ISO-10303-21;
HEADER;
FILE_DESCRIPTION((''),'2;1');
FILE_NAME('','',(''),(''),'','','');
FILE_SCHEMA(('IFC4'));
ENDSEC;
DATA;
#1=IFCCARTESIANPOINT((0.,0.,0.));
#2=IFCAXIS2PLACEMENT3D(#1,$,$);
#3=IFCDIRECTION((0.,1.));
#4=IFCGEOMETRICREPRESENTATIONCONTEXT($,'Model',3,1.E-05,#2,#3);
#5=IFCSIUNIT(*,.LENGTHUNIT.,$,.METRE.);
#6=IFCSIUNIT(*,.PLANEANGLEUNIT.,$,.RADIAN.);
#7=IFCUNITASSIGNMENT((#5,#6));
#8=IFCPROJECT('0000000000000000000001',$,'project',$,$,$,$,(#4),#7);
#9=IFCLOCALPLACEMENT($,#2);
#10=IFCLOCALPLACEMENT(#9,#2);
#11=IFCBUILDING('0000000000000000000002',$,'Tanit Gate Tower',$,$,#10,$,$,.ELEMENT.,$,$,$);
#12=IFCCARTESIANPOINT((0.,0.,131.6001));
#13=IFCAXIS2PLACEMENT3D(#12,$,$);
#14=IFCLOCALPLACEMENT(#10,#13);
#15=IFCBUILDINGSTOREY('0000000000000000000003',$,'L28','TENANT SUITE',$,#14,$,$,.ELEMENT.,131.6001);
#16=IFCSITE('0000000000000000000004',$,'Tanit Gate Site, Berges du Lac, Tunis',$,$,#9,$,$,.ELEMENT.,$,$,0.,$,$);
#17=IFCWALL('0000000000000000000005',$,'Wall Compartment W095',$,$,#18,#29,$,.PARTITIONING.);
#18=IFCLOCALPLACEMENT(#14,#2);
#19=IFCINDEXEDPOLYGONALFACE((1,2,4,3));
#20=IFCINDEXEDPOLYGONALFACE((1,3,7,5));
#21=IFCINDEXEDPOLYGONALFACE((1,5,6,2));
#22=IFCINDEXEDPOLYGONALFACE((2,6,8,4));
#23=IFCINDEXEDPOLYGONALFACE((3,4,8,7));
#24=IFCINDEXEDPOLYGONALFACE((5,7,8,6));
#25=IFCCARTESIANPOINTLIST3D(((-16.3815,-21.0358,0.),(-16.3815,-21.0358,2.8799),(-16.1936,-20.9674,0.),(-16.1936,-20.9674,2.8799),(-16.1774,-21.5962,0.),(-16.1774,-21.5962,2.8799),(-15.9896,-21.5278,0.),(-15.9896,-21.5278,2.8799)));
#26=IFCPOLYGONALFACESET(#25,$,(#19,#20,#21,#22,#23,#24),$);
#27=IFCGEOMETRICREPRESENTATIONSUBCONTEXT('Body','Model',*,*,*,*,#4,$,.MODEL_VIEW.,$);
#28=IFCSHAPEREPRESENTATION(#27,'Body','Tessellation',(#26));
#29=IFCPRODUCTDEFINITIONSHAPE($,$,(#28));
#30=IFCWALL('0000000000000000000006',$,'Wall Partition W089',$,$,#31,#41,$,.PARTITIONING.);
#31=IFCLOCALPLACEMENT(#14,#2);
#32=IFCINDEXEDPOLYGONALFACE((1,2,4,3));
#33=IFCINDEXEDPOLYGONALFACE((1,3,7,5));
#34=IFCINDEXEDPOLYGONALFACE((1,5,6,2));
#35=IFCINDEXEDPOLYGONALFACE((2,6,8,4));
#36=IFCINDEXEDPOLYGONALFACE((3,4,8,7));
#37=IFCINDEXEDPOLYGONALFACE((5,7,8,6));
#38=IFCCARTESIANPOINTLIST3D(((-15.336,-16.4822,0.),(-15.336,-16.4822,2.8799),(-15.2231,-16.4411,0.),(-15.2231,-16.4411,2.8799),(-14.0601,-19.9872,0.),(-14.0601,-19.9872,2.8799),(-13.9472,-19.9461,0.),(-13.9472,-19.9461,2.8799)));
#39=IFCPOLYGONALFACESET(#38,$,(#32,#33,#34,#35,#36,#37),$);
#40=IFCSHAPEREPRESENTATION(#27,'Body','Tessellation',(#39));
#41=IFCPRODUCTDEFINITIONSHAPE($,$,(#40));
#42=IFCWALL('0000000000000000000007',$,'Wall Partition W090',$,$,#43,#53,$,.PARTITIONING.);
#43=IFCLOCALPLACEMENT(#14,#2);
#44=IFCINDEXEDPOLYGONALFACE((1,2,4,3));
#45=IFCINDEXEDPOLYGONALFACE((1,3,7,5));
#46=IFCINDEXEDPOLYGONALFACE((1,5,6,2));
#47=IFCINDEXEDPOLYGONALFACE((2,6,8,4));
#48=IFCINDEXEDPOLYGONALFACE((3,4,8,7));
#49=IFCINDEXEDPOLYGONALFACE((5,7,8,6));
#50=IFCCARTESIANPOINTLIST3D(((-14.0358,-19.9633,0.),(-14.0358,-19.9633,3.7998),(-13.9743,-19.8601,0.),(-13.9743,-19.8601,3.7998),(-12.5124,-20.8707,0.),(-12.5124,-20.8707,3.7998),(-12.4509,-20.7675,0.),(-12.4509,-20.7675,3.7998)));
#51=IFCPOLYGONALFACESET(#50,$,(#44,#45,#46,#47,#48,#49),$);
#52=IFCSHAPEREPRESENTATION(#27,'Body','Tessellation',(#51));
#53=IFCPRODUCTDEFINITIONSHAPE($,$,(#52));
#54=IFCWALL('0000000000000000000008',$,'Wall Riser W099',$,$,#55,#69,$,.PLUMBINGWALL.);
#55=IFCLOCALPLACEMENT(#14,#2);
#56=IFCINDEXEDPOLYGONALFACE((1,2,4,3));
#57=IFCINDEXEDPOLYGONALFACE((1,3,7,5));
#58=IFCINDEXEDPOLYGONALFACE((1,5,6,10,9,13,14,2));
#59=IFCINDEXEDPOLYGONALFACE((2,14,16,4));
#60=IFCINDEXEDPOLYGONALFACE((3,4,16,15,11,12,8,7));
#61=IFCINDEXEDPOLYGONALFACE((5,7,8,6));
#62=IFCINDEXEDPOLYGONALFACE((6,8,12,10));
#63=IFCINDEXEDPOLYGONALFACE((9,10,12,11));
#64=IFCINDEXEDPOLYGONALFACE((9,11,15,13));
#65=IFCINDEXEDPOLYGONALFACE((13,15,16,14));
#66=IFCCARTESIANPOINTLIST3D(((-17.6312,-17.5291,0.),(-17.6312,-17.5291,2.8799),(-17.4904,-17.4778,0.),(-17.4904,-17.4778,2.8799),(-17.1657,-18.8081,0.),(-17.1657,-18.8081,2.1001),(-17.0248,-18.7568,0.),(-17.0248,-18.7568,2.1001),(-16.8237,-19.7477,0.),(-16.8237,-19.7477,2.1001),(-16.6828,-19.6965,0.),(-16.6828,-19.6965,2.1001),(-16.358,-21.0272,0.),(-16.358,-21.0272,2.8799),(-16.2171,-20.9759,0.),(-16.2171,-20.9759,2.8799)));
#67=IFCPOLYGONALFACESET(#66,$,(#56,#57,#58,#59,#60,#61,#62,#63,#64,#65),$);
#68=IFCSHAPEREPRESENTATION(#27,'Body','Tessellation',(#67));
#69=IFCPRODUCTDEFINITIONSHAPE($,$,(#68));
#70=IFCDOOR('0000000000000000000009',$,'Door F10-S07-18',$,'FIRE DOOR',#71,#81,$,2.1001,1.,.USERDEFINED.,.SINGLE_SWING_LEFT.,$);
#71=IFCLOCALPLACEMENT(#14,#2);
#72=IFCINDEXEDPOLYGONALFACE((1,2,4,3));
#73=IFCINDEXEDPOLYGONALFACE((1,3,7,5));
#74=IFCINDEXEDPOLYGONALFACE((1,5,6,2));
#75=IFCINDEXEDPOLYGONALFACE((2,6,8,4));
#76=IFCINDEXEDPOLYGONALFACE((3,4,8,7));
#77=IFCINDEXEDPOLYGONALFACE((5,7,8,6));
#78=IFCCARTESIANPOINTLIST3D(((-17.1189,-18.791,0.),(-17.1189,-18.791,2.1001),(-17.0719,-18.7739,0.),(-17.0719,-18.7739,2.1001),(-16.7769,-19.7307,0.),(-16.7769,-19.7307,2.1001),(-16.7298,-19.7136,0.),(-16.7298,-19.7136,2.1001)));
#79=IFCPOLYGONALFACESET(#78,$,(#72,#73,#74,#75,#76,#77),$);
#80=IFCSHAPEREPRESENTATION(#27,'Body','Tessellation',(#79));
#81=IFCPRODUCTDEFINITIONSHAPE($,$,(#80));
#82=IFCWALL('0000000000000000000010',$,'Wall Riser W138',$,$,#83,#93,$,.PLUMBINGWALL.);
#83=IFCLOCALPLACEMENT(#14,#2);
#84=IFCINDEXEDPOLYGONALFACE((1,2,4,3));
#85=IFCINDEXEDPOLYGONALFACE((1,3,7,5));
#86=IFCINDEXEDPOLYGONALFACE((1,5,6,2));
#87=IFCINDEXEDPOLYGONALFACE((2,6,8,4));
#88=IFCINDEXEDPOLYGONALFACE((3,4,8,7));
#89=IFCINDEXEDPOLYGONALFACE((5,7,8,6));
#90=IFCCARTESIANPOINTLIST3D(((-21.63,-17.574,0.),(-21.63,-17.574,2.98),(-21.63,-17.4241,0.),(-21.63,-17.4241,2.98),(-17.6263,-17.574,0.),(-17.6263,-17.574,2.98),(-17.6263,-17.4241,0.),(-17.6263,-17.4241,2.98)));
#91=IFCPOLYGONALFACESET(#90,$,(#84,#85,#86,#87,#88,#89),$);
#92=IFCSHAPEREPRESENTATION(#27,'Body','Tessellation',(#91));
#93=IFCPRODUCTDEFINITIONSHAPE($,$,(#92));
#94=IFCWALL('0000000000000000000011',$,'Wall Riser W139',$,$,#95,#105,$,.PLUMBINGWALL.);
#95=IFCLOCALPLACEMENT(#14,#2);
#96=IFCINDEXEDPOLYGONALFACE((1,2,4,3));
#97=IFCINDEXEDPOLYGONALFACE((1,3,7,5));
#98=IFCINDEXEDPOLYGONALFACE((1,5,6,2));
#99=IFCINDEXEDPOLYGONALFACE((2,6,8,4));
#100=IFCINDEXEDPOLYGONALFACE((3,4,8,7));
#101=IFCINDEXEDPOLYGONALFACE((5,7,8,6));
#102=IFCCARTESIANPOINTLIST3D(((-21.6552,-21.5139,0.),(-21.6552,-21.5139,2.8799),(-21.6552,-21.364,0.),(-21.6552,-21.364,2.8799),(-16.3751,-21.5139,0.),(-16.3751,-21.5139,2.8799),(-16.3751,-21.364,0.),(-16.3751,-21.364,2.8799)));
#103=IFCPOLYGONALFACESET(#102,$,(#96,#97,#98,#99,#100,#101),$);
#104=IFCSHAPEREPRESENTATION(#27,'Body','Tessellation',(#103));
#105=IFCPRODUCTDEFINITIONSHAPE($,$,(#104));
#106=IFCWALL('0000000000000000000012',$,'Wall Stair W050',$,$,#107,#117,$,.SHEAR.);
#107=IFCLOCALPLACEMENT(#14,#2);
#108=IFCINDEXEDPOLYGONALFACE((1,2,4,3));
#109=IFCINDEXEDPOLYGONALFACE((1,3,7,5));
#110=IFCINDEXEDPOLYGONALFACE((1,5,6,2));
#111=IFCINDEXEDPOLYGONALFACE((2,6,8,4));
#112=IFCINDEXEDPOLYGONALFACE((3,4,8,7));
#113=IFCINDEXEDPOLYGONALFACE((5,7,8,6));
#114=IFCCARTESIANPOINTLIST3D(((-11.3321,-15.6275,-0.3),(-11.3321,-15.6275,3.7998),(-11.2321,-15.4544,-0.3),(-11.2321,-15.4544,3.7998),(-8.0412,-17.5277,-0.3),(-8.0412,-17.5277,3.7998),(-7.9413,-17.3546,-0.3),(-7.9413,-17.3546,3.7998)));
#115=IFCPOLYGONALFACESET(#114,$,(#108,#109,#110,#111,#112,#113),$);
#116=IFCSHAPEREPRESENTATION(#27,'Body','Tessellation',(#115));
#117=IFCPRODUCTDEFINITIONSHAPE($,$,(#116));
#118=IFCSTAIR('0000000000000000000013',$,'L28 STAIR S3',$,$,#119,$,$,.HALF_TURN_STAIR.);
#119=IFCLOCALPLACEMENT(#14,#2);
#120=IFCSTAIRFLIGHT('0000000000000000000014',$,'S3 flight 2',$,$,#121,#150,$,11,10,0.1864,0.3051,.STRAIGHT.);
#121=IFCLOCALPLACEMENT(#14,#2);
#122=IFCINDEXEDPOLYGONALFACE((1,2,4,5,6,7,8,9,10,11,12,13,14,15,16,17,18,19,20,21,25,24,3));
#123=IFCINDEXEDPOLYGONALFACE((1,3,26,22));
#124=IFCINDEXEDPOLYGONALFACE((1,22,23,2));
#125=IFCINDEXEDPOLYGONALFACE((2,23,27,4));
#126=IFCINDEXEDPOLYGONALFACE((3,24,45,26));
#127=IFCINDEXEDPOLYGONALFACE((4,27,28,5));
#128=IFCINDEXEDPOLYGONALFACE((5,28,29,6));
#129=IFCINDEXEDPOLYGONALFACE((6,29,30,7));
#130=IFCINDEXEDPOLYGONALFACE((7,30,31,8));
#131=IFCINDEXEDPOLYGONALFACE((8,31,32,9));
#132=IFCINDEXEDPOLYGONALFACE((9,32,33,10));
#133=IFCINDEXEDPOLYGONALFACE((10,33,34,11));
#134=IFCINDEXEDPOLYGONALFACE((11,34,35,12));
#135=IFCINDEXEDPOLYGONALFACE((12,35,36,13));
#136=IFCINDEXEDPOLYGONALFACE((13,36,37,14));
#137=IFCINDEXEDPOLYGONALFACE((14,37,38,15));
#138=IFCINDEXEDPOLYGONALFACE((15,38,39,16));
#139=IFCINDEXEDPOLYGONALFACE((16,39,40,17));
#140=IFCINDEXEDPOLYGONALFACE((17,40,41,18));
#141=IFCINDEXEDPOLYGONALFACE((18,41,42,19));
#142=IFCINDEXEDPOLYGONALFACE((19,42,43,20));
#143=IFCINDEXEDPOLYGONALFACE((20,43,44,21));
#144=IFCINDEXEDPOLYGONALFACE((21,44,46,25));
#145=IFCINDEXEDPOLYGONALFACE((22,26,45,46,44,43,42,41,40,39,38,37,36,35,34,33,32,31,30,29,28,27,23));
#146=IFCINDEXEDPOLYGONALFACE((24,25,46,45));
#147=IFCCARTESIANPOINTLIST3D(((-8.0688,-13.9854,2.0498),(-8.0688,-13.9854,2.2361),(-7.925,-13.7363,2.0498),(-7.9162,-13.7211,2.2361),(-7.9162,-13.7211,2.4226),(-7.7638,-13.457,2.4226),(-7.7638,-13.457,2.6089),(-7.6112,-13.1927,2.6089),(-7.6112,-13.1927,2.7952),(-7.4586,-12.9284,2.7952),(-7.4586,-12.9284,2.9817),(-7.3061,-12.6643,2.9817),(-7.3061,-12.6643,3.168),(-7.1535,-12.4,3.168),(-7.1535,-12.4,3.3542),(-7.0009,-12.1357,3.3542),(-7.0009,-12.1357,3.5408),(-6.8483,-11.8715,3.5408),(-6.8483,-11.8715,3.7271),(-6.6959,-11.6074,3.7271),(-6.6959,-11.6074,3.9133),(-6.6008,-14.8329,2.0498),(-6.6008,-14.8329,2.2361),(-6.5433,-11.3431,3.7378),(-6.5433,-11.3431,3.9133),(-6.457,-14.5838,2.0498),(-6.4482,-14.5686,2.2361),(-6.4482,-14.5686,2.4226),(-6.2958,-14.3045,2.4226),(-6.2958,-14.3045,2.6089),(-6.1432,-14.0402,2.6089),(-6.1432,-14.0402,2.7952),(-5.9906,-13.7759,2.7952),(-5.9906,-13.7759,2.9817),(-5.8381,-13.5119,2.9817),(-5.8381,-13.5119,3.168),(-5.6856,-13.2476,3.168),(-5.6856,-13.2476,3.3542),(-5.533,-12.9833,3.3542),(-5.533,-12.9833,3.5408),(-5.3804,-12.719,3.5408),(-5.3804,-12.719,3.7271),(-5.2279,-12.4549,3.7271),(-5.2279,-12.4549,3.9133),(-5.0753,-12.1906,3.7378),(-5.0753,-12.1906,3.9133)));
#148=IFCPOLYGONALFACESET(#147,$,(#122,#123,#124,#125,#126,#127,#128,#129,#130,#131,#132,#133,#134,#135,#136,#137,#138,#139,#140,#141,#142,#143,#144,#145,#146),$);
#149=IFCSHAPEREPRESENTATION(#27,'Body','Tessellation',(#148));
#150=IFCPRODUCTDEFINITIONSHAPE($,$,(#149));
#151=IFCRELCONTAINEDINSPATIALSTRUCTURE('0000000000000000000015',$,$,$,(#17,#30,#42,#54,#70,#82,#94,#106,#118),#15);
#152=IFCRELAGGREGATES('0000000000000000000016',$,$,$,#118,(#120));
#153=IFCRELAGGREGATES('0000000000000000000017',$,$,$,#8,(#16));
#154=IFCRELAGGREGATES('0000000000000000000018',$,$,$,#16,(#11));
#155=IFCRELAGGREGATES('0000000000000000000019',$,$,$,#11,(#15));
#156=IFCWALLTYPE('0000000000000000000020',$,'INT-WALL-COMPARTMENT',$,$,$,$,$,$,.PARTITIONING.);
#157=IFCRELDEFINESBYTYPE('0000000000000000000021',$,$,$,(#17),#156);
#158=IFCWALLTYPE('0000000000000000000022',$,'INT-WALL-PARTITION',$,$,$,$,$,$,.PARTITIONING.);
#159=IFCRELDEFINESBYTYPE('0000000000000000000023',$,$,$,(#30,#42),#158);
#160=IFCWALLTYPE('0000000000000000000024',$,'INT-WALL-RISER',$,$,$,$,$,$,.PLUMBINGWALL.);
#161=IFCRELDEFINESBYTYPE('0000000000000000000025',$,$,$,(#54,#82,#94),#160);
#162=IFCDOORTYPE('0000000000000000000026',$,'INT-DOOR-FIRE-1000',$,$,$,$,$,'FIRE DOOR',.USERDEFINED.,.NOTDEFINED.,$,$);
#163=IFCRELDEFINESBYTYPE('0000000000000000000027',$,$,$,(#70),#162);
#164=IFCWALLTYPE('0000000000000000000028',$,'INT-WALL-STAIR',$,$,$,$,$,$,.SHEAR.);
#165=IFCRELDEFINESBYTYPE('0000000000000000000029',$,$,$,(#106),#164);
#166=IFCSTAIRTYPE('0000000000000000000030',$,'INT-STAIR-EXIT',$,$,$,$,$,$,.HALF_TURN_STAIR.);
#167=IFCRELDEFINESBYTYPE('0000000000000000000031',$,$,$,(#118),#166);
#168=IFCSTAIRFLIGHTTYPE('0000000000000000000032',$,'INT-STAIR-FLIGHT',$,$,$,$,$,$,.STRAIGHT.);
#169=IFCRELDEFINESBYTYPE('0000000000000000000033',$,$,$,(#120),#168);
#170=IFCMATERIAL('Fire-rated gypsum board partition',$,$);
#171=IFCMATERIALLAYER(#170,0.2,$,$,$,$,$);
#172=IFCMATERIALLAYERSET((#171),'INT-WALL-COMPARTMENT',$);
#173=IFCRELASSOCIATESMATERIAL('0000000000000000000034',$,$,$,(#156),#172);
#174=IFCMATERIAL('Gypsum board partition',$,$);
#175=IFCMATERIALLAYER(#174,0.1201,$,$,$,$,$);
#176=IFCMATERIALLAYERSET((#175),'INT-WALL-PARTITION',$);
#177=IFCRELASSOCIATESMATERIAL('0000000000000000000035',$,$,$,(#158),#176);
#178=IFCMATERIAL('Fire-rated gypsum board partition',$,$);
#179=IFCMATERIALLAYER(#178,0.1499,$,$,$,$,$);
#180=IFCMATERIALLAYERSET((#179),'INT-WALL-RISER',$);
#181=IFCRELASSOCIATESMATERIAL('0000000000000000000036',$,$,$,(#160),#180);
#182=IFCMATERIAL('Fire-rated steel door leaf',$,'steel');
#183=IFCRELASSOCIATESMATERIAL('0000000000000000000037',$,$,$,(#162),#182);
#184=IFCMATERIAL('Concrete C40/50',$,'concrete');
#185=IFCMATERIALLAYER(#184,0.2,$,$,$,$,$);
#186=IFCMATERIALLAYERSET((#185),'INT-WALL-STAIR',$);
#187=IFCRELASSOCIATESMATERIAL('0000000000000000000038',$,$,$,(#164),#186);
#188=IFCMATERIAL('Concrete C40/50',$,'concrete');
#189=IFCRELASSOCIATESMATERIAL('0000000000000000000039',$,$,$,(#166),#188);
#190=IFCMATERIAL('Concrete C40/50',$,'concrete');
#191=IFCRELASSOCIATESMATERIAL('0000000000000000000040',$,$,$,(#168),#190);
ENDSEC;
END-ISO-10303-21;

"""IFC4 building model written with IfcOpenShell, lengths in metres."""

from ifc_helpers import new_model, si_unit, direction, frame, frame_2d, origin, place, context, subcontext, project, spatial, polyline, rectangle, outline, extrude, material, layer, layer_set, type_object, element, fill, aggregate, save


model = new_model("IFC4")

# Units and contexts
model_context = context("Model", 3, precision=1e-05, world=origin(), true_north=direction((0.0, 1.0)))
body_context = subcontext(model_context, "Body", "Model", "MODEL_VIEW")
ifc_project = project(units=[si_unit("LENGTHUNIT", "METRE"), si_unit("PLANEANGLEUNIT", "RADIAN")], contexts=[model_context])

# Site, building, storey
site_placement = place(None, origin())
site = spatial("IfcSite", under=ifc_project, at=site_placement, Name="Tanit Gate Site, Berges du Lac, Tunis", CompositionType="ELEMENT", RefElevation=0.0)
building_placement = place(site_placement, origin())
building = spatial("IfcBuilding", under=site, at=building_placement, Name="Tanit Gate Tower", CompositionType="ELEMENT")
storey_placement = place(building_placement, frame((0.0, 0.0, 131.6001)))
storey = spatial("IfcBuildingStorey", under=building, at=storey_placement, Name="L28", Description="TENANT SUITE", CompositionType="ELEMENT", Elevation=131.6001)

# Walls
ifc_material_1 = material(Name="Fire-rated gypsum board partition")
ifc_layer_1 = layer(ifc_material_1, 0.2)
ifc_layer_set_1 = layer_set([ifc_layer_1], Name="INT-WALL-COMPARTMENT")
wall_type_1 = type_object("IfcWallType", Name="INT-WALL-COMPARTMENT", PredefinedType="PARTITIONING", material=ifc_layer_set_1)
wall_1_placement = place(storey_placement, frame((-16.2876, -21.0015, 0.0), z_axis=(0.0, 0.0, 1.0), x_axis=(0.342137, -0.93965, 0.0)))
element("IfcWall", 1, at=wall_1_placement, inside=storey, type_object=wall_type_1, Name="Wall Compartment W095", PredefinedType="PARTITIONING", context=body_context, shape_type="SweptSolid", body=[
    extrude(rectangle(XDim=0.5964, YDim=0.2, at=frame_2d((0.2983, 0.0))), origin(), (0.0, 0.0, 1.0), 2.8799),
])
ifc_material_2 = material(Name="Gypsum board partition")
ifc_layer_2 = layer(ifc_material_2, 0.1201)
ifc_layer_set_2 = layer_set([ifc_layer_2], Name="INT-WALL-PARTITION")
wall_type_2 = type_object("IfcWallType", Name="INT-WALL-PARTITION", PredefinedType="PARTITIONING", material=ifc_layer_set_2)
wall_2_placement = place(storey_placement, frame((-15.2795, -16.4617, 0.0), z_axis=(0.0, 0.0, 1.0), x_axis=(0.342069, -0.939675, 0.0)))
element("IfcWall", 2, at=wall_2_placement, inside=storey, type_object=wall_type_2, Name="Wall Partition W089", PredefinedType="PARTITIONING", context=body_context, shape_type="SweptSolid", body=[
    extrude(rectangle(XDim=3.73, YDim=0.1201, at=frame_2d((1.865, 0.0))), origin(), (0.0, 0.0, 1.0), 2.8799),
])
wall_3_placement = place(storey_placement, frame((-14.0051, -19.9116, 0.0), z_axis=(0.0, 0.0, 1.0), x_axis=(0.859129, -0.51176, 0.0)))
element("IfcWall", 3, at=wall_3_placement, inside=storey, type_object=wall_type_2, Name="Wall Partition W090", PredefinedType="PARTITIONING", context=body_context, shape_type="SweptSolid", body=[
    extrude(rectangle(XDim=1.7732, YDim=0.1201, at=frame_2d((0.8867, 0.0))), origin(), (0.0, 0.0, 1.0), 3.7998),
])

# Wall, opening, door
ifc_material_3 = material(Name="Fire-rated gypsum board partition")
ifc_layer_3 = layer(ifc_material_3, 0.1499)
ifc_layer_set_3 = layer_set([ifc_layer_3], Name="INT-WALL-RISER")
wall_type_3 = type_object("IfcWallType", Name="INT-WALL-RISER", PredefinedType="PLUMBINGWALL", material=ifc_layer_set_3)
wall_4_placement = place(storey_placement, frame((-17.5608, -17.5034, 0.0), z_axis=(0.0, 0.0, 1.0), x_axis=(0.342022, -0.939692, 0.0)))
wall_4 = element("IfcWall", 4, at=wall_4_placement, inside=storey, type_object=wall_type_3, Name="Wall Riser W099", PredefinedType="PLUMBINGWALL", context=body_context, shape_type="SweptSolid", body=[
    extrude(rectangle(XDim=3.7227, YDim=0.1499, at=frame_2d((1.8613, 0.0))), origin(), (0.0, 0.0, 1.0), 2.8799),
])
opening_1_placement = place(wall_4_placement, frame((1.3611, 0.0, 0.0)))
opening_1 = element("IfcOpeningElement", 5, at=opening_1_placement, cuts=wall_4, PredefinedType="OPENING", context=body_context, shape_type="SweptSolid", body=[
    extrude(rectangle(XDim=1.0, YDim=2.1001, at=frame_2d((0.5, 1.05))), frame((0.0, 0.085, 0.0), z_axis=(0.0, -1.0, 0.0), x_axis=(1.0, 0.0, 0.0)), (0.0, 0.0, 1.0), 0.1699),
])
ifc_material_4 = material(Name="Fire-rated steel door leaf", Category="steel")
door_type_1 = type_object("IfcDoorType", Name="INT-DOOR-FIRE-1000", ElementType="FIRE DOOR", OperationType="NOTDEFINED", PredefinedType="USERDEFINED", material=ifc_material_4)
door_1_placement = place(opening_1_placement, origin())
door_1 = element("IfcDoor", 6, at=door_1_placement, inside=storey, type_object=door_type_1, Name="Door F10-S07-18", ObjectType="FIRE DOOR", OperationType="SINGLE_SWING_LEFT", OverallHeight=2.1001, OverallWidth=1.0, PredefinedType="USERDEFINED", context=body_context, shape_type="SweptSolid", body=[
    extrude(rectangle(XDim=1.0, YDim=2.1001, at=frame_2d((0.5, 1.05))), frame((0.0, 0.0249, 0.0), z_axis=(0.0, -1.0, 0.0), x_axis=(1.0, 0.0, 0.0)), (0.0, 0.0, 1.0), 0.05),
])
fill(opening_1, door_1)

# Walls
wall_5_placement = place(storey_placement, frame((-17.6262, -17.499, 0.0), z_axis=(0.0, 0.0, 1.0), x_axis=(-1.0, 0.0, 0.0)))
element("IfcWall", 7, at=wall_5_placement, inside=storey, type_object=wall_type_3, Name="Wall Riser W138", PredefinedType="PLUMBINGWALL", context=body_context, shape_type="SweptSolid", body=[
    extrude(rectangle(XDim=4.0037, YDim=0.1499, at=frame_2d((2.002, 0.0))), origin(), (0.0, 0.0, 1.0), 2.98),
])
wall_6_placement = place(storey_placement, frame((-16.375, -21.439, 0.0), z_axis=(0.0, 0.0, 1.0), x_axis=(-1.0, 0.0, 0.0)))
element("IfcWall", 8, at=wall_6_placement, inside=storey, type_object=wall_type_3, Name="Wall Riser W139", PredefinedType="PLUMBINGWALL", context=body_context, shape_type="SweptSolid", body=[
    extrude(rectangle(XDim=5.28, YDim=0.1499, at=frame_2d((2.6401, 0.0))), origin(), (0.0, 0.0, 1.0), 2.8799),
])
ifc_material_5 = material(Name="Concrete C40/50", Category="concrete")
ifc_layer_4 = layer(ifc_material_5, 0.2)
ifc_layer_set_4 = layer_set([ifc_layer_4], Name="INT-WALL-STAIR")
wall_type_4 = type_object("IfcWallType", Name="INT-WALL-STAIR", PredefinedType="SHEAR", material=ifc_layer_set_4)
wall_7_placement = place(storey_placement, frame((-11.282, -15.541, -0.3), z_axis=(0.0, 0.0, 1.0), x_axis=(0.866, -0.500043, 0.0)))
element("IfcWall", 9, at=wall_7_placement, inside=storey, type_object=wall_type_4, Name="Wall Stair W050", PredefinedType="SHEAR", context=body_context, shape_type="SweptSolid", body=[
    extrude(rectangle(XDim=3.8, YDim=0.2, at=frame_2d((1.8999, 0.0))), origin(), (0.0, 0.0, 1.0), 4.0999),
])

# Stair, stair flight
ifc_material_6 = material(Name="Concrete C40/50", Category="concrete")
stair_type = type_object("IfcStairType", Name="INT-STAIR-EXIT", PredefinedType="HALF_TURN_STAIR", material=ifc_material_6)
stair_placement = place(storey_placement, origin())
stair = element("IfcStair", 10, at=stair_placement, inside=storey, type_object=stair_type, Name="L28 STAIR S3", PredefinedType="HALF_TURN_STAIR")
ifc_material_7 = material(Name="Concrete C40/50", Category="concrete")
stair_flight_type = type_object("IfcStairFlightType", Name="INT-STAIR-FLIGHT", PredefinedType="STRAIGHT", material=ifc_material_7)
stair_flight_placement = place(storey_placement, frame((-7.3347, -14.4092, 2.0498), z_axis=(0.0, 0.0, 1.0), x_axis=(0.5, 0.866025, 0.0)))
stair_flight = element("IfcStairFlight", 11, at=stair_flight_placement, type_object=stair_flight_type, Name="S3 flight 2", NumberOfRisers=11, NumberOfTreads=10, PredefinedType="STRAIGHT", RiserHeight=0.1864, TreadLength=0.3051, context=body_context, shape_type="SweptSolid", body=[
    extrude(outline(polyline([(0.0, 0.0), (0.0, 0.1863), (0.3052, 0.1863), (0.3052, 0.3728), (0.6101, 0.3728), (0.6101, 0.5591), (0.9153, 0.5591), (0.9153, 0.7454), (1.2205, 0.7454), (1.2205, 0.9319), (1.5254, 0.9319), (1.5254, 1.1182), (1.8306, 1.1182), (1.8306, 1.3044), (2.1357, 1.3044), (2.1357, 1.491), (2.4409, 1.491), (2.4409, 1.6772), (2.7458, 1.6772), (2.7458, 1.8635), (3.051, 1.8635), (3.051, 2.05), (3.051, 1.688), (0.2876, 0.0), (0.0, 0.0)])), frame((0.0, 0.8477, 0.0), z_axis=(0.0, -1.0, 0.0), x_axis=(1.0, 0.0, 0.0)), (0.0, 0.0, 1.0), 1.6951),
])
aggregate(stair, [stair_flight])

save(model, "model.ifc")
